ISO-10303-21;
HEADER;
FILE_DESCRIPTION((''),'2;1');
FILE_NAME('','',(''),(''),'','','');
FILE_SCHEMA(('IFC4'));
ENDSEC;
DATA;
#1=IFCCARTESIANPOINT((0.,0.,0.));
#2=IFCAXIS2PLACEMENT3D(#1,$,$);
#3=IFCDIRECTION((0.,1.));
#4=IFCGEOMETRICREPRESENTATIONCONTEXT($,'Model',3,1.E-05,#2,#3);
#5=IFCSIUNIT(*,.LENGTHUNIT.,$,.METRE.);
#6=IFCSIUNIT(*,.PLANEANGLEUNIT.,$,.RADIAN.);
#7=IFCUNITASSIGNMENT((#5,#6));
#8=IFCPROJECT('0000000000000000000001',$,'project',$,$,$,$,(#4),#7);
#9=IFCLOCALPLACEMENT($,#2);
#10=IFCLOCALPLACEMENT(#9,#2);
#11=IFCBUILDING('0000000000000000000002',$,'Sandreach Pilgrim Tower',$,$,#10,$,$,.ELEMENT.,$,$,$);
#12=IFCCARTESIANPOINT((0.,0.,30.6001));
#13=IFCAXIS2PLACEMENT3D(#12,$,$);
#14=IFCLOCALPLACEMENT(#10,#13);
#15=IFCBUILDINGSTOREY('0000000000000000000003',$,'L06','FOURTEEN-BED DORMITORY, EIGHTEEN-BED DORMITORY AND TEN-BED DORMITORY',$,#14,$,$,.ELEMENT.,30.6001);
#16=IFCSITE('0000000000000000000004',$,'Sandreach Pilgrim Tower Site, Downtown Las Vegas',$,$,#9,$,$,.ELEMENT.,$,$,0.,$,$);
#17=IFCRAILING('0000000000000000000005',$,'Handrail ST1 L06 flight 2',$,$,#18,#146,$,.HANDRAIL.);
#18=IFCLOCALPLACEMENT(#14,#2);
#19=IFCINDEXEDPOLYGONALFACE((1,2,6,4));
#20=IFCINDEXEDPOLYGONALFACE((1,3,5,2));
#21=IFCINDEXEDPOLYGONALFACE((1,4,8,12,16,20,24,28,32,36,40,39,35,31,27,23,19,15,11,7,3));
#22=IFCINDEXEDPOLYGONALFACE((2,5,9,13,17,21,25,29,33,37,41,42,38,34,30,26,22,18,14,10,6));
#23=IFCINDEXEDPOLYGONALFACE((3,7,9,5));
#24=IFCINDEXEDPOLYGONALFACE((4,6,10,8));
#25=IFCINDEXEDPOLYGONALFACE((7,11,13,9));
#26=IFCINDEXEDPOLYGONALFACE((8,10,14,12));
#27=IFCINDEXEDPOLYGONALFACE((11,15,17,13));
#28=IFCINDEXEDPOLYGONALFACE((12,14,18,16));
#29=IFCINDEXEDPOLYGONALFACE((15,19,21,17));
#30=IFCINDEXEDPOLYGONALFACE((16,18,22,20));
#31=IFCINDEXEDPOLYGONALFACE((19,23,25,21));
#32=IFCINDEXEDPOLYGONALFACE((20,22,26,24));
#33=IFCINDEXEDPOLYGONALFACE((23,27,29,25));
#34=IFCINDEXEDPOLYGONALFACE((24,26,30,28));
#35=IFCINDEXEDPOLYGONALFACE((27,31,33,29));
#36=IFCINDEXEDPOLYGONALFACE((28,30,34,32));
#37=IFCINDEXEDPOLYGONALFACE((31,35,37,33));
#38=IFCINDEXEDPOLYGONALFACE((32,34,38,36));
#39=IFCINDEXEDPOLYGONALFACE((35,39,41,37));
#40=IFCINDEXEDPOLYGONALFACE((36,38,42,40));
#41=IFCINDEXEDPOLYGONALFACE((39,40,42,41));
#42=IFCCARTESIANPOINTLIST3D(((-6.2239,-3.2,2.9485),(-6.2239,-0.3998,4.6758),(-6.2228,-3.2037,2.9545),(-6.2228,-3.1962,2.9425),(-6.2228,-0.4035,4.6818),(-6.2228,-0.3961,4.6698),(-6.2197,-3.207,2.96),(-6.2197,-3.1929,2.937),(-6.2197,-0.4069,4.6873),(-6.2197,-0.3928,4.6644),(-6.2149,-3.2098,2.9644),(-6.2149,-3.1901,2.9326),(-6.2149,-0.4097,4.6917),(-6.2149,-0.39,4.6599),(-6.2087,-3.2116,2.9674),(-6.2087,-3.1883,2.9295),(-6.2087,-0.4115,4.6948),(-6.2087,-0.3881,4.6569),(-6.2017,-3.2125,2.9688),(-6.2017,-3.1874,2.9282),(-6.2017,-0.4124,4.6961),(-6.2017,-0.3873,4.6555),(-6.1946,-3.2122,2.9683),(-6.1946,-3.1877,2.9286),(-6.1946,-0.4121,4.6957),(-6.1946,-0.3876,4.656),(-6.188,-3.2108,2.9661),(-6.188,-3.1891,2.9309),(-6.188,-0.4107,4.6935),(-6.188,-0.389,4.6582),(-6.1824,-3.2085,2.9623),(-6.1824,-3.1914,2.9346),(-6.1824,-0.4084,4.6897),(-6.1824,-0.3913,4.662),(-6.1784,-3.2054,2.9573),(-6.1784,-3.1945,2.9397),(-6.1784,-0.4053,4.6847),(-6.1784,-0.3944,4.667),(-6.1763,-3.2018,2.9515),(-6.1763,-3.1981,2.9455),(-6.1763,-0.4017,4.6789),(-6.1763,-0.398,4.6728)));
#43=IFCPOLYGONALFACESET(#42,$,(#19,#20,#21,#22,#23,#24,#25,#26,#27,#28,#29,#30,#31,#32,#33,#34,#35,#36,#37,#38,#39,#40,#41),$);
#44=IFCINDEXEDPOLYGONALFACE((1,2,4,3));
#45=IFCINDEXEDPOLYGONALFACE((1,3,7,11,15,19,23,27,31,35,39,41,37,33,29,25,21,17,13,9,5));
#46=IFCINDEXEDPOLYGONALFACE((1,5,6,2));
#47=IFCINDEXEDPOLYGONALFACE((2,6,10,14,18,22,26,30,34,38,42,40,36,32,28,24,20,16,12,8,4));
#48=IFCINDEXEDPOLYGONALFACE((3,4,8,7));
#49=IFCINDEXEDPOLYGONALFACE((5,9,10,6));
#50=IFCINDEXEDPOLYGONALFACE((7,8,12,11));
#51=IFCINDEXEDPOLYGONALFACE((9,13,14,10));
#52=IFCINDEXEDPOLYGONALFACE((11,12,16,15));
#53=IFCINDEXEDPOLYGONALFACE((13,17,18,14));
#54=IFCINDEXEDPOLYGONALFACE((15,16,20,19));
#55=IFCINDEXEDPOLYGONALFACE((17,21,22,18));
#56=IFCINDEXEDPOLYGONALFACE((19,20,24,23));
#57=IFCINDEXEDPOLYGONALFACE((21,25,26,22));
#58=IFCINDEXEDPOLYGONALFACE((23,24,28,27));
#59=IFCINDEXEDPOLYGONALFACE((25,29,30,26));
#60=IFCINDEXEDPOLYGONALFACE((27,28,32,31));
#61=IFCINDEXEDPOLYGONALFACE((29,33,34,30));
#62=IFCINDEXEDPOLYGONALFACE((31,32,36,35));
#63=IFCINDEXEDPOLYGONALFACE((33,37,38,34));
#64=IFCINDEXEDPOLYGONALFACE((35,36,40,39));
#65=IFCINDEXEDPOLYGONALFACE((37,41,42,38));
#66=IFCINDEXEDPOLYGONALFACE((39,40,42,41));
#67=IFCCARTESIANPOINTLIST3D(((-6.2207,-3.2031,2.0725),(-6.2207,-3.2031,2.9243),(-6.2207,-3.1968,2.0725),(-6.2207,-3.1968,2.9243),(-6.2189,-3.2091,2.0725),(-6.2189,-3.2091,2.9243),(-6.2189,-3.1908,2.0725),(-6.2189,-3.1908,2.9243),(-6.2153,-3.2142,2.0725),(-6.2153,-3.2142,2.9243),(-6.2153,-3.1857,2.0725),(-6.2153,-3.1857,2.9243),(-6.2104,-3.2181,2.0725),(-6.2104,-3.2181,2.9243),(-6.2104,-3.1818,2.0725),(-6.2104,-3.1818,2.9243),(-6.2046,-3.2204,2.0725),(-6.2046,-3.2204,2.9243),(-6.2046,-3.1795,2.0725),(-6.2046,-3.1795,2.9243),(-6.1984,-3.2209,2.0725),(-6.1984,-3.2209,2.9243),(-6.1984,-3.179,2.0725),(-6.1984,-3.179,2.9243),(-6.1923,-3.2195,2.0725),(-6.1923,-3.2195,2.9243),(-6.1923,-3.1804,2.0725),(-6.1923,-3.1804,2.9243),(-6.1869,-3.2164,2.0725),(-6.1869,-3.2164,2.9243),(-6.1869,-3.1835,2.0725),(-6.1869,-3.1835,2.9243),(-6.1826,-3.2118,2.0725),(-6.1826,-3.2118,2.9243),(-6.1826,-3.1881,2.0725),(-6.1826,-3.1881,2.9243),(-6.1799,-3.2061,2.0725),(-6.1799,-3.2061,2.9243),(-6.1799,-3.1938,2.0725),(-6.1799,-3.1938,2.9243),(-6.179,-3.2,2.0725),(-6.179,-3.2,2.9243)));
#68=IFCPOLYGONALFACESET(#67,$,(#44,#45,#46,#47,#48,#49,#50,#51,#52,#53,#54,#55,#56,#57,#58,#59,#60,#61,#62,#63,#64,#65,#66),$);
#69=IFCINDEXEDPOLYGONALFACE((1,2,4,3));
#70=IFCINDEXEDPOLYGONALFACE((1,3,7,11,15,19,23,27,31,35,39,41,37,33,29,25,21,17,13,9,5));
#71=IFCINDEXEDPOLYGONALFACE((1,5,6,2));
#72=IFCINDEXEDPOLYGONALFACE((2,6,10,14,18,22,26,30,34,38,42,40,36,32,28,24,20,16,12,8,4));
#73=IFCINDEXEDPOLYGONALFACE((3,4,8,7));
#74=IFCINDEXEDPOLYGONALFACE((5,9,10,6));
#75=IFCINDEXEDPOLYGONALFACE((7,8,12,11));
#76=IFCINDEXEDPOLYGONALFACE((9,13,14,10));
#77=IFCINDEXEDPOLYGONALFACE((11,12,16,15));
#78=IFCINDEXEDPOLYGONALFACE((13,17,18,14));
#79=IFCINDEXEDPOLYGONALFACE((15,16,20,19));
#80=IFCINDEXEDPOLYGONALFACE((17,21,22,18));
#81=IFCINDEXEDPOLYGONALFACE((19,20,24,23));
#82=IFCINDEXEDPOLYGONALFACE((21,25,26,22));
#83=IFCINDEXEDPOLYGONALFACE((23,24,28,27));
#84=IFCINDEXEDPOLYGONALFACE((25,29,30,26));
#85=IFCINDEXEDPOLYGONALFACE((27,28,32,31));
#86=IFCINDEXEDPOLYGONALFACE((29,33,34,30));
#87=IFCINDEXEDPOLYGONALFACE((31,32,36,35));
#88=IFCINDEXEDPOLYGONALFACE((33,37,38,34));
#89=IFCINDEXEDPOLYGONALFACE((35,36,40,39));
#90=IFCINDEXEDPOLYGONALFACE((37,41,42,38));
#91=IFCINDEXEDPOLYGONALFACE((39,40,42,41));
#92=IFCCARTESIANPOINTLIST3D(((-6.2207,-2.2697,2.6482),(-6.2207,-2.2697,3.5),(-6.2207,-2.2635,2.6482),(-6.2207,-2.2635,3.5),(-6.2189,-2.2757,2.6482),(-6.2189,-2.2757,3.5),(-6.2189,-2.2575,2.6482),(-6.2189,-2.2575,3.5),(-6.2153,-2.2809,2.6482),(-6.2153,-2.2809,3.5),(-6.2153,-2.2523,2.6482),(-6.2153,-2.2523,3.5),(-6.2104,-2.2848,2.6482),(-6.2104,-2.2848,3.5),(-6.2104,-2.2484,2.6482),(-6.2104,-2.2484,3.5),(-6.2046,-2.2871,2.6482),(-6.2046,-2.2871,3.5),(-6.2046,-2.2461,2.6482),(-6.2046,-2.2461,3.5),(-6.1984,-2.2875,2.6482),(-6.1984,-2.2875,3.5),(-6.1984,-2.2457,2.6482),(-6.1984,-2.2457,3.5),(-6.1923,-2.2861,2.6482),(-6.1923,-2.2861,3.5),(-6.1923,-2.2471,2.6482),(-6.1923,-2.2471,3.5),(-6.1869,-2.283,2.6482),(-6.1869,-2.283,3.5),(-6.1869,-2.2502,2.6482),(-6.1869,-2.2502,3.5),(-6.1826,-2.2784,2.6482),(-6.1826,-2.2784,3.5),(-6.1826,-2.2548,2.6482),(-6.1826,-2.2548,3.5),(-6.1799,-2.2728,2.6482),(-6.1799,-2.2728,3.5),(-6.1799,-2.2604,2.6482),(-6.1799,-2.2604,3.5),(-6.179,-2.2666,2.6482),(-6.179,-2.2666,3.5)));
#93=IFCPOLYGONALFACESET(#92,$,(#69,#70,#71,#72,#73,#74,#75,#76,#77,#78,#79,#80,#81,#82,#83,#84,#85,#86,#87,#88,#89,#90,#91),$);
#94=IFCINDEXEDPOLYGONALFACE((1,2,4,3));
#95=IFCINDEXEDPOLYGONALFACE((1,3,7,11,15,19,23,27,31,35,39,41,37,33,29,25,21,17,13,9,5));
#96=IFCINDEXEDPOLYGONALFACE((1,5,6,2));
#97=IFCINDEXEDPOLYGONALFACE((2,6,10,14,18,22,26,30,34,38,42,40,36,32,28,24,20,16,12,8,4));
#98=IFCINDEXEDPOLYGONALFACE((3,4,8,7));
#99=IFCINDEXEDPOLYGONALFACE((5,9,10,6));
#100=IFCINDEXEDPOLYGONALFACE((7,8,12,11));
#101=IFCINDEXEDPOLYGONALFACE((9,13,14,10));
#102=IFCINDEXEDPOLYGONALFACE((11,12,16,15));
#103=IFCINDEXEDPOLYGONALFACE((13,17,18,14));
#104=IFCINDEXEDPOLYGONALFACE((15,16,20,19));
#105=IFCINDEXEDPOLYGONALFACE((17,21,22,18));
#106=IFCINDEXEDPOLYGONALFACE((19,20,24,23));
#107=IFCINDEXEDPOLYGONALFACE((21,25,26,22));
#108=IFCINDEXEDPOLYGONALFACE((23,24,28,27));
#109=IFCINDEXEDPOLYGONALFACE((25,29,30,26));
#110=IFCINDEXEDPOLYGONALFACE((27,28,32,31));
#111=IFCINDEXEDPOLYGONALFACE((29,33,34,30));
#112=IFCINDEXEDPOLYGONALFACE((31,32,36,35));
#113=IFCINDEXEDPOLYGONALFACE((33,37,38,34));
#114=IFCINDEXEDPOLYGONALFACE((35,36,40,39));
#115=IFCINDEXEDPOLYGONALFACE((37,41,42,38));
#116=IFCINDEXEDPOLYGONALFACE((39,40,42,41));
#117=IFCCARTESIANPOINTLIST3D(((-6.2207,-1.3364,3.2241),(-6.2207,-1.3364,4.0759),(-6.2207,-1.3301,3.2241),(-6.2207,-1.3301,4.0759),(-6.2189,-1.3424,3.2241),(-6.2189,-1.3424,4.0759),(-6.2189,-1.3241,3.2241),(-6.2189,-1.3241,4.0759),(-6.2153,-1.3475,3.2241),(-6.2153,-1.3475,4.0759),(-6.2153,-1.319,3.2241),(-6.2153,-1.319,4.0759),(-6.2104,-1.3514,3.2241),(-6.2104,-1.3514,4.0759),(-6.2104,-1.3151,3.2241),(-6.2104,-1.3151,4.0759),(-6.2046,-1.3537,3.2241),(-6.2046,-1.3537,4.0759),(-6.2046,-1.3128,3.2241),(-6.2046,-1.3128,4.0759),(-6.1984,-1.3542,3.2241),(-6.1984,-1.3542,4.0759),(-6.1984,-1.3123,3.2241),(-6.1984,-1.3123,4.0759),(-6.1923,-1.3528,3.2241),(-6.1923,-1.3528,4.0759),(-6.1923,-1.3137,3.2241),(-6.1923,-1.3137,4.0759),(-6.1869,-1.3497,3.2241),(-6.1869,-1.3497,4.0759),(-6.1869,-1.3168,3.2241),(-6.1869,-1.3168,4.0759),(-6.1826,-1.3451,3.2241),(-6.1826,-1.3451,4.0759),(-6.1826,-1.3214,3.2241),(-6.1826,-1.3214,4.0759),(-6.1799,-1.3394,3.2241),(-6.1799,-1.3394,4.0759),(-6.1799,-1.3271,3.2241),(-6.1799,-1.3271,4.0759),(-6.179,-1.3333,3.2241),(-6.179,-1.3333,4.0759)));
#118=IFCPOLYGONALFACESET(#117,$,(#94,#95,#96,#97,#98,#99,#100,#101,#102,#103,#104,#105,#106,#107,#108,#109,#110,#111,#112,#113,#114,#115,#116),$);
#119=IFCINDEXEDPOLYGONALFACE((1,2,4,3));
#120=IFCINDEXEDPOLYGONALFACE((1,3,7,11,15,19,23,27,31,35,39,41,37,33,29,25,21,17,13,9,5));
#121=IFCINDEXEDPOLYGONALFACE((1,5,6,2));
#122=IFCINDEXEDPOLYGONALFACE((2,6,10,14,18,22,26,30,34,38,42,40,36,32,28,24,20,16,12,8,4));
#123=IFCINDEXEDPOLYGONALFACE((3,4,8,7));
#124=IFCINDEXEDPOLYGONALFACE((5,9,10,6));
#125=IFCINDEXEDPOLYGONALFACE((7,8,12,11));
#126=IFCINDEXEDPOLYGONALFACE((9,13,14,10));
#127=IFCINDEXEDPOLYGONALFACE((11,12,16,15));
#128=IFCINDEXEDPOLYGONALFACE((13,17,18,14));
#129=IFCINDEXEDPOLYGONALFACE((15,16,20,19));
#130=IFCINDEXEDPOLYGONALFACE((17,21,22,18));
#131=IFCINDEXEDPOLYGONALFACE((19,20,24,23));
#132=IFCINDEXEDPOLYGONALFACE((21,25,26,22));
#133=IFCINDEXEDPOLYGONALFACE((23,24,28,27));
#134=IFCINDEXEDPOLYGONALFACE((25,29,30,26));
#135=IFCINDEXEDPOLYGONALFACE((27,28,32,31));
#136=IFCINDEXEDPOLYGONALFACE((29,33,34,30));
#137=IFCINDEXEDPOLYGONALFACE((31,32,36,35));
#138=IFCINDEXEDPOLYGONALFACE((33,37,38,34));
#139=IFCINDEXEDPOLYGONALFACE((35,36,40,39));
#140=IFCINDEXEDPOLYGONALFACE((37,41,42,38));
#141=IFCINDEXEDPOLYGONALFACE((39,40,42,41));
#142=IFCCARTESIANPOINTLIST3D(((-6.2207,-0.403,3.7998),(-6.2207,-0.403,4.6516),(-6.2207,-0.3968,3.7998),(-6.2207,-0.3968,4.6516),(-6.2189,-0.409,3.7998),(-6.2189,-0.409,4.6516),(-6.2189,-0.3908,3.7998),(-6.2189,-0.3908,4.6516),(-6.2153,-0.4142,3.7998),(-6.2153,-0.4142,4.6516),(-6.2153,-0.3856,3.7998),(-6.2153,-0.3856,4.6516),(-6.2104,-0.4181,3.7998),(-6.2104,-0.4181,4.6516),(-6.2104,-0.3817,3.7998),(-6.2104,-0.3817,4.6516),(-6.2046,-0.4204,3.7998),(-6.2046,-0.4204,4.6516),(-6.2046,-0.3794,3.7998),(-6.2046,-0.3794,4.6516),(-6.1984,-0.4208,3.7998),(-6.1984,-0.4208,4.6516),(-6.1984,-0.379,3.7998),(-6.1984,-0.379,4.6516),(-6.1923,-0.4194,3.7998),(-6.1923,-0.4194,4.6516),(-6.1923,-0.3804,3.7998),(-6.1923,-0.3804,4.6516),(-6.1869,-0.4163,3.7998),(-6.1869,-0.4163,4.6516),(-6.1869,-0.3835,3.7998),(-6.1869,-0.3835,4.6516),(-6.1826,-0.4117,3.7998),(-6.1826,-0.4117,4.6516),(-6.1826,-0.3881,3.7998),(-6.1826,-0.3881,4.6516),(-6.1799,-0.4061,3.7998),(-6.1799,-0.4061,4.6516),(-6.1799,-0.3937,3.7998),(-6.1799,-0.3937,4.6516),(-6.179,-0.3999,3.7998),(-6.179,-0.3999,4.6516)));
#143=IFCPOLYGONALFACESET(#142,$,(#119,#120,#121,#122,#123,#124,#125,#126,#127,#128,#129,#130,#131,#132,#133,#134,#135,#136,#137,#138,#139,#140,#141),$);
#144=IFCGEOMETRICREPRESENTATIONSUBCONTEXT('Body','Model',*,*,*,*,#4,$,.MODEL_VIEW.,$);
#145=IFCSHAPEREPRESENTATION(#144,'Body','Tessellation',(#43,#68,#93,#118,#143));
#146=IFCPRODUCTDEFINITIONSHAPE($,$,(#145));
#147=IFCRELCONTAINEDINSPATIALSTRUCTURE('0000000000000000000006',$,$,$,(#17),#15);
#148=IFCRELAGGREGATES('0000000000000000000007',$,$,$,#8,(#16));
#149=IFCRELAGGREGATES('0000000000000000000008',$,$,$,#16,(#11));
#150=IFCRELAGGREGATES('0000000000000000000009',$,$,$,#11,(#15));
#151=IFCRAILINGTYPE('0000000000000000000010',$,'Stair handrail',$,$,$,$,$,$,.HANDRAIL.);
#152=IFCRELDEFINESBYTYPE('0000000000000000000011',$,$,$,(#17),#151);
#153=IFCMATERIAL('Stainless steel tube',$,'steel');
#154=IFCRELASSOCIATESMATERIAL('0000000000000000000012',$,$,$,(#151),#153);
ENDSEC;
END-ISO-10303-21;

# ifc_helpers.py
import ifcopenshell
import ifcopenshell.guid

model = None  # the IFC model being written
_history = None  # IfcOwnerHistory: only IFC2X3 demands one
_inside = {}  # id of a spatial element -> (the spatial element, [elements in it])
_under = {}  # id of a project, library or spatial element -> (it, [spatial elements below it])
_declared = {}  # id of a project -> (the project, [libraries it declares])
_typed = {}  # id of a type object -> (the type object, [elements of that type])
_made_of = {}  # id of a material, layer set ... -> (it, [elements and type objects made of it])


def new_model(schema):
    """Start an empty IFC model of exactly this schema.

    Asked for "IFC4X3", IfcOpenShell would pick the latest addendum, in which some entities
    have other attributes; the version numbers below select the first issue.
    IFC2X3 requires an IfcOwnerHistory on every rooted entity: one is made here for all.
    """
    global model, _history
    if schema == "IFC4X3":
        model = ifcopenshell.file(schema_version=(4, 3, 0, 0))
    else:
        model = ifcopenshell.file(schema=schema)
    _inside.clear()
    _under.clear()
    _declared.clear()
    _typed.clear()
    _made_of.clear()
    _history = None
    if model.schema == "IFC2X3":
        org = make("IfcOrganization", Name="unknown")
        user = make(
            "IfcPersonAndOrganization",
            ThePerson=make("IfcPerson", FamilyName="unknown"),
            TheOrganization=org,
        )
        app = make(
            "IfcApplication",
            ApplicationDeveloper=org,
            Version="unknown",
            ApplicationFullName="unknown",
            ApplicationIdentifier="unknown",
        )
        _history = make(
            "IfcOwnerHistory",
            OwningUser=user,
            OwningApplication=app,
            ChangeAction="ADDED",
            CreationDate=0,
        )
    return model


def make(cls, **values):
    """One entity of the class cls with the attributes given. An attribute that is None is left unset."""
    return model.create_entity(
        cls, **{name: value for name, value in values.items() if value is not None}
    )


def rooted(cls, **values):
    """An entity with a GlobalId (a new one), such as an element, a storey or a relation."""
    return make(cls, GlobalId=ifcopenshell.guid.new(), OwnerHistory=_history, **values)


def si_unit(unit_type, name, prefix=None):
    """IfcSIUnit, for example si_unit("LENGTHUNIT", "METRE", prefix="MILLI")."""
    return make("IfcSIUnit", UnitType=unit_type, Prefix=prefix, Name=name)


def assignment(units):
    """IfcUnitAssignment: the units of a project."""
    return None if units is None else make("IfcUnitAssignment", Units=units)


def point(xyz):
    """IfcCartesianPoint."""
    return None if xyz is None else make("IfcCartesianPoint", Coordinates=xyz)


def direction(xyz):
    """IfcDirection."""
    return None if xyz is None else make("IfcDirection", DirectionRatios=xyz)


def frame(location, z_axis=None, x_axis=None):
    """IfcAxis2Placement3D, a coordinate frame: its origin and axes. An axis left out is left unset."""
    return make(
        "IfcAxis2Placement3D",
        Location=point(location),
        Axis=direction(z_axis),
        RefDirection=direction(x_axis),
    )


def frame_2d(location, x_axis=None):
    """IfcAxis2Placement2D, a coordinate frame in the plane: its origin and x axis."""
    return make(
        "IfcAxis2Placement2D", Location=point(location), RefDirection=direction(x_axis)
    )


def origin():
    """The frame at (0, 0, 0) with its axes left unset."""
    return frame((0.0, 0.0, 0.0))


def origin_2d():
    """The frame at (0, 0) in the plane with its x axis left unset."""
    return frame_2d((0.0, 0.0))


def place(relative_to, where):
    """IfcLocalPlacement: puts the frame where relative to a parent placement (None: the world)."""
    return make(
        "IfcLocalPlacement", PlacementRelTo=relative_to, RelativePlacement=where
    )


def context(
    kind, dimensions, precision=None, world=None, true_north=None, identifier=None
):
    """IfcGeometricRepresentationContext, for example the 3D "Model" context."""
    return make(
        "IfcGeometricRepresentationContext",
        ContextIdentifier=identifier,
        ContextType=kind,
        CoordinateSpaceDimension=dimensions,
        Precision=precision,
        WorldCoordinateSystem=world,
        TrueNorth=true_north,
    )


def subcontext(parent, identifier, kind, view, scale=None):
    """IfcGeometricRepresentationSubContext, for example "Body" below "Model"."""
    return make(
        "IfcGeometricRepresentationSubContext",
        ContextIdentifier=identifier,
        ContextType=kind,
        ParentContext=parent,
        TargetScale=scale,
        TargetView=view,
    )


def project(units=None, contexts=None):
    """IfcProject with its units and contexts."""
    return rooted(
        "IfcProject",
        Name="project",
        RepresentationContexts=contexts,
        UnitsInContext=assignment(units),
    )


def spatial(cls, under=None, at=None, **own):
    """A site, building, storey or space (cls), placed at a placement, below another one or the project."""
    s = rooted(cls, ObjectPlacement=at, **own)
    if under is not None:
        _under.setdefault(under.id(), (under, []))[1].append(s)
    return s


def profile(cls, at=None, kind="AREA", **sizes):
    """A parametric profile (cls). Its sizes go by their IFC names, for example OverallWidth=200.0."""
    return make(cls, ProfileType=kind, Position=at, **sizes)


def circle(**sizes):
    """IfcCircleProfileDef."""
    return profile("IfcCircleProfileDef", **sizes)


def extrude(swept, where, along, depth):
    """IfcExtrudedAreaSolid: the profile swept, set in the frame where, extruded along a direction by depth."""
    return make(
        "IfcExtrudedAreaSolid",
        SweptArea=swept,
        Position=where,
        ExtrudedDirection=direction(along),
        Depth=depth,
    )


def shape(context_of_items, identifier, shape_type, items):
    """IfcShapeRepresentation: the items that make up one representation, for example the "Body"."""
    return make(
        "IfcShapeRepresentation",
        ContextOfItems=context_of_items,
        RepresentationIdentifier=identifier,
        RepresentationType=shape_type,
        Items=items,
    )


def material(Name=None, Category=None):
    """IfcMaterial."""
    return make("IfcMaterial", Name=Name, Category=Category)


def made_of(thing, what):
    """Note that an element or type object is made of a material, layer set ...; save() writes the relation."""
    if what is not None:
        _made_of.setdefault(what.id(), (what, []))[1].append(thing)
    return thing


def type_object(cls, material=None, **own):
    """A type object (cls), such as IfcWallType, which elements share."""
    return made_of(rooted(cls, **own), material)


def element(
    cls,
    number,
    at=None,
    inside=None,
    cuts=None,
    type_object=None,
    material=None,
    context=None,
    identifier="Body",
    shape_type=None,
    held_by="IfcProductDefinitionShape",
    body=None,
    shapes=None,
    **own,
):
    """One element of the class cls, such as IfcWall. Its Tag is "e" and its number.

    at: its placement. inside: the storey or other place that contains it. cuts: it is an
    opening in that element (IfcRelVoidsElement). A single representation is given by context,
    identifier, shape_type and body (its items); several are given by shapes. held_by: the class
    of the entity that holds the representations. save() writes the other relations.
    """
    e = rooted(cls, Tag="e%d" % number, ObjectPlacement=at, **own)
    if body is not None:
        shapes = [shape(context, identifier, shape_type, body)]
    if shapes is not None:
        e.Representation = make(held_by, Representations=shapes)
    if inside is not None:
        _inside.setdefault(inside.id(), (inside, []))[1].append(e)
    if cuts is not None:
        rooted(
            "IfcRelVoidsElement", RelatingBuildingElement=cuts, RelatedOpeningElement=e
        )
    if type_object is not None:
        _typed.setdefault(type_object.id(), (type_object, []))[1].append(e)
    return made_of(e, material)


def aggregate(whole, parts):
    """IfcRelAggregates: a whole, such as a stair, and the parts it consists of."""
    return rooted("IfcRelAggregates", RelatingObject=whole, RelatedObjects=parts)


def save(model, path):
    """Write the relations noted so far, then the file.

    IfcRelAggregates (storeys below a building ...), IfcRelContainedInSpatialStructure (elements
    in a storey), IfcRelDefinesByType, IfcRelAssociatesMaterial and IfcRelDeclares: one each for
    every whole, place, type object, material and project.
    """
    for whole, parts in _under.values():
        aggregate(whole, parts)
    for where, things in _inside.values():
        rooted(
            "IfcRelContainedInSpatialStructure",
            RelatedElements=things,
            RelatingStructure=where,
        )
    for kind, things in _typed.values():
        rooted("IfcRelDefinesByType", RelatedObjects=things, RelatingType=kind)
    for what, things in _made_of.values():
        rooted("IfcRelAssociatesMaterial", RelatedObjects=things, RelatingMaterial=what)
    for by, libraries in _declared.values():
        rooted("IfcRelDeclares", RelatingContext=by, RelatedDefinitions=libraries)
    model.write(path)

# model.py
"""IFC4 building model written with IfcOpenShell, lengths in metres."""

from ifc_helpers import new_model, si_unit, direction, frame, origin, origin_2d, place, context, subcontext, project, spatial, circle, extrude, material, type_object, element, save


model = new_model("IFC4")

# Units and contexts
model_context = context("Model", 3, precision=1e-05, world=origin(), true_north=direction((0.0, 1.0)))
body_context = subcontext(model_context, "Body", "Model", "MODEL_VIEW")
ifc_project = project(units=[si_unit("LENGTHUNIT", "METRE"), si_unit("PLANEANGLEUNIT", "RADIAN")], contexts=[model_context])

# Site, building, storey
site_placement = place(None, origin())
site = spatial("IfcSite", under=ifc_project, at=site_placement, Name="Sandreach Pilgrim Tower Site, Downtown Las Vegas", CompositionType="ELEMENT", RefElevation=0.0)
building_placement = place(site_placement, origin())
building = spatial("IfcBuilding", under=site, at=building_placement, Name="Sandreach Pilgrim Tower", CompositionType="ELEMENT")
storey_placement = place(building_placement, frame((0.0, 0.0, 30.6001)))
storey = spatial("IfcBuildingStorey", under=building, at=storey_placement, Name="L06", Description="FOURTEEN-BED DORMITORY, EIGHTEEN-BED DORMITORY AND TEN-BED DORMITORY", CompositionType="ELEMENT", Elevation=30.6001)

# Railing
ifc_material_1 = material(Name="Stainless steel tube", Category="steel")
railing_type = type_object("IfcRailingType", Name="Stair handrail", PredefinedType="HANDRAIL", material=ifc_material_1)
for number, where, name in (
    (1, (-6.2, -3.2, 2.0725), "Handrail ST1 L06 flight 2"),
):
    element("IfcRailing", number, at=place(storey_placement, frame(where)), inside=storey, type_object=railing_type, Name=name, PredefinedType="HANDRAIL", context=body_context, shape_type="SweptSolid", body=[
        extrude(circle(Radius=0.0239, at=origin_2d()), frame((0.0, 0.0, 0.876), z_axis=(0.0, 0.85109, 0.52502), x_axis=(-1.0, 0.0, 0.0)), (0.0, 0.0, 1.0), 3.29),
        extrude(circle(Radius=0.021, at=origin_2d()), origin(), (0.0, 0.0, 1.0), 0.8518),
        extrude(circle(Radius=0.021, at=origin_2d()), frame((0.0, 0.9333, 0.5757)), (0.0, 0.0, 1.0), 0.8518),
        extrude(circle(Radius=0.021, at=origin_2d()), frame((0.0, 1.8667, 1.1516)), (0.0, 0.0, 1.0), 0.8518),
        extrude(circle(Radius=0.021, at=origin_2d()), frame((0.0, 2.8, 1.7273)), (0.0, 0.0, 1.0), 0.8518),
    ])

save(model, "model.ifc")
